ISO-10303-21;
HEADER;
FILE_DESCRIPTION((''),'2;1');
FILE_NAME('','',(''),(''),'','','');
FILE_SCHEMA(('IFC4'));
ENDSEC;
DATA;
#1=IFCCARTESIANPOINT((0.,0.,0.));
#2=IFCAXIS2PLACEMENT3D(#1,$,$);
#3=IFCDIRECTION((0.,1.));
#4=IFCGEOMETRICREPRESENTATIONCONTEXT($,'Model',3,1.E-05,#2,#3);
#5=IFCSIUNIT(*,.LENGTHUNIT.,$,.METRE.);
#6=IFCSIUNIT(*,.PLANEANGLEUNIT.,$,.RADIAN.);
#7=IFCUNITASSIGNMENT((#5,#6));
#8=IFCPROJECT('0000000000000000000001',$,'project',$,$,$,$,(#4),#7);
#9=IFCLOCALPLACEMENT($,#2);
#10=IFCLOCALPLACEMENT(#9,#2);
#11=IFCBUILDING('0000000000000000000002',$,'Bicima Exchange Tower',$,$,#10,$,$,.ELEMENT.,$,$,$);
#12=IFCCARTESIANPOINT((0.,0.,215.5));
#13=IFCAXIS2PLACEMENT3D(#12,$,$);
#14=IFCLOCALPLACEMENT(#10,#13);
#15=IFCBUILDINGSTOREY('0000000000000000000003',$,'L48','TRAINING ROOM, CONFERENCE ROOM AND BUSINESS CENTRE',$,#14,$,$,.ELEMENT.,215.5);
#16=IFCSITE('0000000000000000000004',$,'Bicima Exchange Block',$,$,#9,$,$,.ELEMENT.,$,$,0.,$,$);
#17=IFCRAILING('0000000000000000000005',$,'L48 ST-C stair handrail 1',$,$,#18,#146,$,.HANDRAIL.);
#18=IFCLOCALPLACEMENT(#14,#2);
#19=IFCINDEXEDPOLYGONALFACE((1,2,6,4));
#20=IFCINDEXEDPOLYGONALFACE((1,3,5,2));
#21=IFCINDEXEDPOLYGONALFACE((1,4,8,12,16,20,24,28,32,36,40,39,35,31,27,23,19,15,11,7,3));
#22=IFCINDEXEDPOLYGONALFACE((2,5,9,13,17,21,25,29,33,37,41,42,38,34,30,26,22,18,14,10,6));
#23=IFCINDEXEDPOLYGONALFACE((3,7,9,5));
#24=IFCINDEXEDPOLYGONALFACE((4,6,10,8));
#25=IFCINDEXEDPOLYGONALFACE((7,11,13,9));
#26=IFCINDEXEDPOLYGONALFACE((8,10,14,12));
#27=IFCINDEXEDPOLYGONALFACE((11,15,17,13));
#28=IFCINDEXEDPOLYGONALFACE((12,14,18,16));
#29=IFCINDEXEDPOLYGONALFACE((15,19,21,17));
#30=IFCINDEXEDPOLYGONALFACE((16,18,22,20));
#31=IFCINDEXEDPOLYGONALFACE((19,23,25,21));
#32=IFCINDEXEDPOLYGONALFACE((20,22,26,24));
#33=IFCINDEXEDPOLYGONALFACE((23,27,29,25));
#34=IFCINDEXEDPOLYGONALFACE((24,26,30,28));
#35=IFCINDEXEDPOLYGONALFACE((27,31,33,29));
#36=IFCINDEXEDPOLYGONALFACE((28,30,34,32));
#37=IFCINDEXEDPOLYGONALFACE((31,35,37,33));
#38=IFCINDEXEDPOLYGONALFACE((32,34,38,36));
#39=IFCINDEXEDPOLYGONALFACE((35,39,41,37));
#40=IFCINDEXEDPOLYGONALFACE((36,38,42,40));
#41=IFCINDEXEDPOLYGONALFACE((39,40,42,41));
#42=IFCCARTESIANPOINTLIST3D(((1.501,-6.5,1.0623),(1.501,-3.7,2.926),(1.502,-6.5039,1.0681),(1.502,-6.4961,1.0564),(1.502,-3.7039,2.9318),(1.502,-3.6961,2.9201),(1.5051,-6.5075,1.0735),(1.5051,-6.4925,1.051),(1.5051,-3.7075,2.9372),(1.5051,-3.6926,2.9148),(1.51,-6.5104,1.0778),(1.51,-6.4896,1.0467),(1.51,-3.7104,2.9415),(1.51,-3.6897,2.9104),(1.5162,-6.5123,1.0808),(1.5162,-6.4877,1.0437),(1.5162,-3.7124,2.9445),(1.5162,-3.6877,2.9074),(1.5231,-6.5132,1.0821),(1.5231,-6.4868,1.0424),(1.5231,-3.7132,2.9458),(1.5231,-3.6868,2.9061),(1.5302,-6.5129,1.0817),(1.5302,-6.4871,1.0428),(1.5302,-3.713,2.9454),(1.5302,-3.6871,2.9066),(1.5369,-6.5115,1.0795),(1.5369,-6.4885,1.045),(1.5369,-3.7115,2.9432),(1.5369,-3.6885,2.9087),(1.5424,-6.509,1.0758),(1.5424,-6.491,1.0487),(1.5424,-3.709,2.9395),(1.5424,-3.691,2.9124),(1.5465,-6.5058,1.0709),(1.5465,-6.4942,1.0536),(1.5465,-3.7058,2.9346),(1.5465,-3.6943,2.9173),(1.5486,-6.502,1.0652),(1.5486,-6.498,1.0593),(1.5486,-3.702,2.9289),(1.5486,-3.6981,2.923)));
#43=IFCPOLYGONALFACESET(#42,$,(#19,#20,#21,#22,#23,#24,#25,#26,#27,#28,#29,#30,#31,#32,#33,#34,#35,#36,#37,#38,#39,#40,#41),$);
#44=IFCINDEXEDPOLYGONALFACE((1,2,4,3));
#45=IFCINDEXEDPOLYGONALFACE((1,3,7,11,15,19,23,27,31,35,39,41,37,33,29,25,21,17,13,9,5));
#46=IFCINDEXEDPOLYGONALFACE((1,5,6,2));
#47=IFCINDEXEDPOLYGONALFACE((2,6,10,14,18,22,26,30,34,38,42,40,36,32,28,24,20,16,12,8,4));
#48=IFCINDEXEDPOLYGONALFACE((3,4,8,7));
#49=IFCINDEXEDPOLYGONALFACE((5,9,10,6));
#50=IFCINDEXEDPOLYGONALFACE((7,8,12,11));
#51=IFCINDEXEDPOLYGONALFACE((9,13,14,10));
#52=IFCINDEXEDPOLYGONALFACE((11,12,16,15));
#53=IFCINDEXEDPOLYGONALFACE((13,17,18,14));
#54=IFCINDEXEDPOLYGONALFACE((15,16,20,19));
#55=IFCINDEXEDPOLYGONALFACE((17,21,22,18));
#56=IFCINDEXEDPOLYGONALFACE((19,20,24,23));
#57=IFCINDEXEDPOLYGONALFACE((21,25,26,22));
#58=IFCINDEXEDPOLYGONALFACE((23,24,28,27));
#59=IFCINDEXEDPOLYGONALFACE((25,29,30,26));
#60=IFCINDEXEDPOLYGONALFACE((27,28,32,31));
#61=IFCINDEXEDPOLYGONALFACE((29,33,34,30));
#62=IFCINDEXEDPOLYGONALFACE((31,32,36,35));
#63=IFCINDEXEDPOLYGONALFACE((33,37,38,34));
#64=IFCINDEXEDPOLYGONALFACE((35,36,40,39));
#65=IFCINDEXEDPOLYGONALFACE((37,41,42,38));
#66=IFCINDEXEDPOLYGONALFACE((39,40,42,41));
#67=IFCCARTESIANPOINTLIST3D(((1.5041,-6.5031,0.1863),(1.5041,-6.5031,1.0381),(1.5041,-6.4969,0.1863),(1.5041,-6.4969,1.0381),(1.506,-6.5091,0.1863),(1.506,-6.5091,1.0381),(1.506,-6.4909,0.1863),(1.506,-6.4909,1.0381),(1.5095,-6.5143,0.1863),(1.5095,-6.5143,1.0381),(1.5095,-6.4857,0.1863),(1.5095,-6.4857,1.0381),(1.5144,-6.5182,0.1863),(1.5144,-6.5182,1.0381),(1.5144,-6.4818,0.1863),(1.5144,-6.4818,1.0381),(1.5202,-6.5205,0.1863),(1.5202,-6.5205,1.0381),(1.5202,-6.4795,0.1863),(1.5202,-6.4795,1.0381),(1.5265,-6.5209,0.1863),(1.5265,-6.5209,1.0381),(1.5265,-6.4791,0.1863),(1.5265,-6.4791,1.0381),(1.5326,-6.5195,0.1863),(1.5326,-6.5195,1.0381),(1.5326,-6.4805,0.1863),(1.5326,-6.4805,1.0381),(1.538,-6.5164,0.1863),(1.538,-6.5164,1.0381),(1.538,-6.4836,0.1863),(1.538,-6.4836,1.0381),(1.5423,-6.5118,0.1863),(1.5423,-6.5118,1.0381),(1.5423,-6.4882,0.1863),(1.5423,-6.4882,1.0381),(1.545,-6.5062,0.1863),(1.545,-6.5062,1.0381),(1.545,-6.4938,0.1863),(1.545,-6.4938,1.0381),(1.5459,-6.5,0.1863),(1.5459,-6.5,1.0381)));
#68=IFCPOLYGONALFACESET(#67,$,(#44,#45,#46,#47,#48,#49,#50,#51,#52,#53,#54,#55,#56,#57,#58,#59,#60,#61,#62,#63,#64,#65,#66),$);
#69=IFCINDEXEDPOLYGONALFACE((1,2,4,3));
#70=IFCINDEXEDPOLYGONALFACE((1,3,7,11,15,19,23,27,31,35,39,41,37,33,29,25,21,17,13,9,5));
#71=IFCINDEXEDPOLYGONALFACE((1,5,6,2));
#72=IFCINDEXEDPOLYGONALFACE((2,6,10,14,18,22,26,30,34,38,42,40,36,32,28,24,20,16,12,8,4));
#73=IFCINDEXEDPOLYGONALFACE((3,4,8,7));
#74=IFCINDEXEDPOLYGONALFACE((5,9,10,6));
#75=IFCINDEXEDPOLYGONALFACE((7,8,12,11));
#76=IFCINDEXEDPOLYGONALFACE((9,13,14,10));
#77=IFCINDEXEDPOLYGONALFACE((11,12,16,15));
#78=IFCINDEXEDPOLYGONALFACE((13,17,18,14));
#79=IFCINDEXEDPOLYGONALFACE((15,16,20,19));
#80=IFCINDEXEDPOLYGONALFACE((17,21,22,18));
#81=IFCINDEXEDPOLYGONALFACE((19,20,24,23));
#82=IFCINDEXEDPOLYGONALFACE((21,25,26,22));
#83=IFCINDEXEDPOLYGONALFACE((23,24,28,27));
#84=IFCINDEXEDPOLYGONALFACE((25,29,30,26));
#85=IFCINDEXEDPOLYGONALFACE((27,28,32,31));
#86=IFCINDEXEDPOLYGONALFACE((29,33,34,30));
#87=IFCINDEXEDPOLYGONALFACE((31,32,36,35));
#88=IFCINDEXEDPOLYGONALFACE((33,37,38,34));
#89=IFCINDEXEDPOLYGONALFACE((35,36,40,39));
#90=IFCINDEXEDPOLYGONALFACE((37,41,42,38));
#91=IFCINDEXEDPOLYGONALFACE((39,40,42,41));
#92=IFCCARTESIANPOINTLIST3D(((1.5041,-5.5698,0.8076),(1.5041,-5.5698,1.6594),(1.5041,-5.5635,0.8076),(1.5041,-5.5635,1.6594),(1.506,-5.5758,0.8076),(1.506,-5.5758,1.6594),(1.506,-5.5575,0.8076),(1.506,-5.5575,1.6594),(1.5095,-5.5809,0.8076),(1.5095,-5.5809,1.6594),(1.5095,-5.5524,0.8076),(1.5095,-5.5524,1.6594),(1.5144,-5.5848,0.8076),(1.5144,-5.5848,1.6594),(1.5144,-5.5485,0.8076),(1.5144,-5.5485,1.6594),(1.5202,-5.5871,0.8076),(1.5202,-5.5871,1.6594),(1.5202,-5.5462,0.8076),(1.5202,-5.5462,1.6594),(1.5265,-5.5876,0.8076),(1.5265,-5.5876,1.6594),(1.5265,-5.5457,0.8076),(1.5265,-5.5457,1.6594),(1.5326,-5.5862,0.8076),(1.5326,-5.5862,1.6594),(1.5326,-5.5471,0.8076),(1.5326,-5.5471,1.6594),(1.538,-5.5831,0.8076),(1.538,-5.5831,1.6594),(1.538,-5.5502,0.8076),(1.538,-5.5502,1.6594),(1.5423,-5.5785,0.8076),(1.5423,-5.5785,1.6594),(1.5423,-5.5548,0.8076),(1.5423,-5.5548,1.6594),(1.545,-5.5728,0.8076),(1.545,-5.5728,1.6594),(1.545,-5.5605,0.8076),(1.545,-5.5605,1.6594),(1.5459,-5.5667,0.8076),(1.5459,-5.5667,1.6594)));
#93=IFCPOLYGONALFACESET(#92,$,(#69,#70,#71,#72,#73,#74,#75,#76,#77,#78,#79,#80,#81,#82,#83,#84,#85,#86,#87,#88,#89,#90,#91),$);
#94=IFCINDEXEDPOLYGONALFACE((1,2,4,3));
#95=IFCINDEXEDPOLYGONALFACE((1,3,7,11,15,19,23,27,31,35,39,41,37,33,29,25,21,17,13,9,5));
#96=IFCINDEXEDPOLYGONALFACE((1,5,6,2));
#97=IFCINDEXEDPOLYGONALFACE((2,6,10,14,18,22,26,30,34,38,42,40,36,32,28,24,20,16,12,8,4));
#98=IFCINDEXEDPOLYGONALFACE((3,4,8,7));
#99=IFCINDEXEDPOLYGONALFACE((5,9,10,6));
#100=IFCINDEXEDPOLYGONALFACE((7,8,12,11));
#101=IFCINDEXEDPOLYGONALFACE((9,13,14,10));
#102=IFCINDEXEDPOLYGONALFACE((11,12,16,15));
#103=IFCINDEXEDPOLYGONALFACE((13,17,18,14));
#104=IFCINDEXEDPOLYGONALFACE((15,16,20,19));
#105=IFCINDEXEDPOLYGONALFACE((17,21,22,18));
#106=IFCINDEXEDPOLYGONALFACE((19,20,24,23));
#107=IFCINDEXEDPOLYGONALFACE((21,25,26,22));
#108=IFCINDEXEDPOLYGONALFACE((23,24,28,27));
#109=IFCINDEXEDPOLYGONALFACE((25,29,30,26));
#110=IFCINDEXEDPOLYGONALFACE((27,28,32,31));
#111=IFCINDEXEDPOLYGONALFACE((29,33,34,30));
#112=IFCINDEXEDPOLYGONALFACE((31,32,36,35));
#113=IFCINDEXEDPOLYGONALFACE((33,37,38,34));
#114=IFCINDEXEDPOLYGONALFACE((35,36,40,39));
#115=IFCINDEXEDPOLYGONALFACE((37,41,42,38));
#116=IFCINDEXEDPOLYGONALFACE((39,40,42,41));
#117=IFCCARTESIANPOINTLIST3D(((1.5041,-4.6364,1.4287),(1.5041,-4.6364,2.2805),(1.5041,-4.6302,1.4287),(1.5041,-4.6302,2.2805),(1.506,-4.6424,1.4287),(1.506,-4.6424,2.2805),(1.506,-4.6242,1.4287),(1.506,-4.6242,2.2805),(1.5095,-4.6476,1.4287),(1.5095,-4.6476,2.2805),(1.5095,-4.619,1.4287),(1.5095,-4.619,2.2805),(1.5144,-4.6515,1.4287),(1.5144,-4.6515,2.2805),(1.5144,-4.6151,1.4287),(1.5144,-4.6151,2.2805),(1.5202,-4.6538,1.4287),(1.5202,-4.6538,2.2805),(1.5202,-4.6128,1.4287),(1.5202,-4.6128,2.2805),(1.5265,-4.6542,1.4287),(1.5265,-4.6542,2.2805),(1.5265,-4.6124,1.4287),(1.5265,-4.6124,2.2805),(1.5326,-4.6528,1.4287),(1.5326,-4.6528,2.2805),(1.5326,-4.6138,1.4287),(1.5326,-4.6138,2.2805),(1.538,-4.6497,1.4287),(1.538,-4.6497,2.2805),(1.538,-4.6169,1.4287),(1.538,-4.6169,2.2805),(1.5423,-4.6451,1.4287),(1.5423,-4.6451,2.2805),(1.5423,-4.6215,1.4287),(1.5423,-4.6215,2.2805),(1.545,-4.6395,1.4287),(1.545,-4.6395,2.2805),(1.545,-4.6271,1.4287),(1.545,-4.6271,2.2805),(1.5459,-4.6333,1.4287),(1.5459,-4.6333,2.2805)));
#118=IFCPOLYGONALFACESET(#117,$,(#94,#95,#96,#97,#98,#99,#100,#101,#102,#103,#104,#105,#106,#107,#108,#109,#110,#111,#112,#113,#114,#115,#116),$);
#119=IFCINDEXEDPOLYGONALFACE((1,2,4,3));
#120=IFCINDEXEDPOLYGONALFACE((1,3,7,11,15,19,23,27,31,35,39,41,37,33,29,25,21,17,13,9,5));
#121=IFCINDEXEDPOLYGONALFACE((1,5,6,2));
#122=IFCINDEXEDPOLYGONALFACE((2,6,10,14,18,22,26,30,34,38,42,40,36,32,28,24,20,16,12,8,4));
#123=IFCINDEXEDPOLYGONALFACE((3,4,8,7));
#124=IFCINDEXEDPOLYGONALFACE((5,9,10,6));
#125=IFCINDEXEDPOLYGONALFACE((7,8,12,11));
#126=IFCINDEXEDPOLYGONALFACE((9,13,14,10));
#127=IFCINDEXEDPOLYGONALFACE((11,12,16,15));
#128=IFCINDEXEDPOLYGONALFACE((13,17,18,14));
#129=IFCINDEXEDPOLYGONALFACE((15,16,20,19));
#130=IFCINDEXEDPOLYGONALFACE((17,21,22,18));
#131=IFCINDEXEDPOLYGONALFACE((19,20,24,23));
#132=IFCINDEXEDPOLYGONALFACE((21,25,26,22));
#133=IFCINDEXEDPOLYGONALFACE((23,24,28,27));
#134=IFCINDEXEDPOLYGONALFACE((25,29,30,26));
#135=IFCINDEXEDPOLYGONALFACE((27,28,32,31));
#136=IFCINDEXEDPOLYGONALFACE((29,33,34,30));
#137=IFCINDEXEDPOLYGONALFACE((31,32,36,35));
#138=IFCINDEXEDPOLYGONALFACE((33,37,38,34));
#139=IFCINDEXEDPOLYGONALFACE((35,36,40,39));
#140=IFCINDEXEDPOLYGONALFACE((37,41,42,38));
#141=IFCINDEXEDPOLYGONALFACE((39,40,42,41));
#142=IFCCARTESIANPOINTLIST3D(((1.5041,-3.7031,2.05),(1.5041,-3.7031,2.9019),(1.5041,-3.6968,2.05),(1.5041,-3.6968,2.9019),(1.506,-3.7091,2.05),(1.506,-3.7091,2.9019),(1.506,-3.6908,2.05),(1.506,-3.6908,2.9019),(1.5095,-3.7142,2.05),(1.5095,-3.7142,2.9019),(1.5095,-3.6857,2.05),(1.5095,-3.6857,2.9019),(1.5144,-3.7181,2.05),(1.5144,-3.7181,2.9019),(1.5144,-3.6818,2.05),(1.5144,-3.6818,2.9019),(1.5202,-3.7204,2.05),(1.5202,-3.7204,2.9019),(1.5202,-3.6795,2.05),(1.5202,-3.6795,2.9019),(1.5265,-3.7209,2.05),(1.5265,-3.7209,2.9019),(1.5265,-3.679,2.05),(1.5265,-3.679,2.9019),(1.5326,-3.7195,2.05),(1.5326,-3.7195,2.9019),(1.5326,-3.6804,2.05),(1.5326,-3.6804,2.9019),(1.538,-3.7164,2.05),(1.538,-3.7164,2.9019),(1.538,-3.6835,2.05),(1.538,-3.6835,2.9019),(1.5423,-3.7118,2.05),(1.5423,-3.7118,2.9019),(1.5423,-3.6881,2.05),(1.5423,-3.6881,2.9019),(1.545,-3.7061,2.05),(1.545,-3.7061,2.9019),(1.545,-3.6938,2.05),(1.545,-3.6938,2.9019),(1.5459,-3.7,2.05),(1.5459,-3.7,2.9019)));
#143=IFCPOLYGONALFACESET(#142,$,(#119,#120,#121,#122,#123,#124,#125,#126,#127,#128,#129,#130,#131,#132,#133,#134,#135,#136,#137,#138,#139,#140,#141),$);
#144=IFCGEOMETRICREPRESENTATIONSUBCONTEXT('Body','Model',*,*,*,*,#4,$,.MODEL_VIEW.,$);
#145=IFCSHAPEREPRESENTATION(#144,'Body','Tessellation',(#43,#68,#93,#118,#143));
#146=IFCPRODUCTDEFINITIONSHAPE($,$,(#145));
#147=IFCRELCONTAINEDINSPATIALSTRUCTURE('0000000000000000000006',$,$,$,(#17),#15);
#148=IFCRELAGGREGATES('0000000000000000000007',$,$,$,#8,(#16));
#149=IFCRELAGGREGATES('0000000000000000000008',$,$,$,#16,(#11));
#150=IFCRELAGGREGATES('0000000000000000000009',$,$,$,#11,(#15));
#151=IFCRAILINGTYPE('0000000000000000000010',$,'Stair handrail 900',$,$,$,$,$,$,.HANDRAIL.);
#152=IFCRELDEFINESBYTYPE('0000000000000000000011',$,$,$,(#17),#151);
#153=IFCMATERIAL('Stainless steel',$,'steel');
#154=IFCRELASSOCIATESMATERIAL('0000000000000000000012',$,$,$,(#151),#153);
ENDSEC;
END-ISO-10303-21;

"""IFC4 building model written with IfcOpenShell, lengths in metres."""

from ifc_helpers import new_model, si_unit, direction, frame, origin, origin_2d, place, context, subcontext, project, spatial, circle, extrude, material, type_object, element, save


model = new_model("IFC4")

# Units and contexts
model_context = context("Model", 3, precision=1e-05, world=origin(), true_north=direction((0.0, 1.0)))
body_context = subcontext(model_context, "Body", "Model", "MODEL_VIEW")
ifc_project = project(units=[si_unit("LENGTHUNIT", "METRE"), si_unit("PLANEANGLEUNIT", "RADIAN")], contexts=[model_context])

# Site, building, storey
site_placement = place(None, origin())
site = spatial("IfcSite", under=ifc_project, at=site_placement, Name="Bicima Exchange Block", CompositionType="ELEMENT", RefElevation=0.0)
building_placement = place(site_placement, origin())
building = spatial("IfcBuilding", under=site, at=building_placement, Name="Bicima Exchange Tower", CompositionType="ELEMENT")
storey_placement = place(building_placement, frame((0.0, 0.0, 215.5)))
storey = spatial("IfcBuildingStorey", under=building, at=storey_placement, Name="L48", Description="TRAINING ROOM, CONFERENCE ROOM AND BUSINESS CENTRE", CompositionType="ELEMENT", Elevation=215.5)

# Shared definitions
ifc_material_1 = material(Name="Stainless steel", Category="steel")

# Railing
railing_type_1 = type_object("IfcRailingType", Name="Stair handrail 900", PredefinedType="HANDRAIL", material=ifc_material_1)
railing_1_placement = place(storey_placement, frame((1.5249, -6.5, 0.1863)))
element("IfcRailing", 1, at=railing_1_placement, inside=storey, type_object=railing_type_1, Name="L48 ST-C stair handrail 1", PredefinedType="HANDRAIL", context=body_context, shape_type="SweptSolid", body=[
    extrude(circle(Radius=0.0239, at=origin_2d()), frame((0.0, 0.0, 0.876), z_axis=(0.0, 0.832452, 0.554097), x_axis=(-1.0, 0.0, 0.0)), (0.0, 0.0, 1.0), 3.3635),
    extrude(circle(Radius=0.021, at=origin_2d()), origin(), (0.0, 0.0, 1.0), 0.8518),
    extrude(circle(Radius=0.021, at=origin_2d()), frame((0.0, 0.9333, 0.6213)), (0.0, 0.0, 1.0), 0.8518),
    extrude(circle(Radius=0.021, at=origin_2d()), frame((0.0, 1.8667, 1.2424)), (0.0, 0.0, 1.0), 0.8518),
    extrude(circle(Radius=0.021, at=origin_2d()), frame((0.0, 2.8, 1.8638)), (0.0, 0.0, 1.0), 0.8518),
])

save(model, "model.ifc")
